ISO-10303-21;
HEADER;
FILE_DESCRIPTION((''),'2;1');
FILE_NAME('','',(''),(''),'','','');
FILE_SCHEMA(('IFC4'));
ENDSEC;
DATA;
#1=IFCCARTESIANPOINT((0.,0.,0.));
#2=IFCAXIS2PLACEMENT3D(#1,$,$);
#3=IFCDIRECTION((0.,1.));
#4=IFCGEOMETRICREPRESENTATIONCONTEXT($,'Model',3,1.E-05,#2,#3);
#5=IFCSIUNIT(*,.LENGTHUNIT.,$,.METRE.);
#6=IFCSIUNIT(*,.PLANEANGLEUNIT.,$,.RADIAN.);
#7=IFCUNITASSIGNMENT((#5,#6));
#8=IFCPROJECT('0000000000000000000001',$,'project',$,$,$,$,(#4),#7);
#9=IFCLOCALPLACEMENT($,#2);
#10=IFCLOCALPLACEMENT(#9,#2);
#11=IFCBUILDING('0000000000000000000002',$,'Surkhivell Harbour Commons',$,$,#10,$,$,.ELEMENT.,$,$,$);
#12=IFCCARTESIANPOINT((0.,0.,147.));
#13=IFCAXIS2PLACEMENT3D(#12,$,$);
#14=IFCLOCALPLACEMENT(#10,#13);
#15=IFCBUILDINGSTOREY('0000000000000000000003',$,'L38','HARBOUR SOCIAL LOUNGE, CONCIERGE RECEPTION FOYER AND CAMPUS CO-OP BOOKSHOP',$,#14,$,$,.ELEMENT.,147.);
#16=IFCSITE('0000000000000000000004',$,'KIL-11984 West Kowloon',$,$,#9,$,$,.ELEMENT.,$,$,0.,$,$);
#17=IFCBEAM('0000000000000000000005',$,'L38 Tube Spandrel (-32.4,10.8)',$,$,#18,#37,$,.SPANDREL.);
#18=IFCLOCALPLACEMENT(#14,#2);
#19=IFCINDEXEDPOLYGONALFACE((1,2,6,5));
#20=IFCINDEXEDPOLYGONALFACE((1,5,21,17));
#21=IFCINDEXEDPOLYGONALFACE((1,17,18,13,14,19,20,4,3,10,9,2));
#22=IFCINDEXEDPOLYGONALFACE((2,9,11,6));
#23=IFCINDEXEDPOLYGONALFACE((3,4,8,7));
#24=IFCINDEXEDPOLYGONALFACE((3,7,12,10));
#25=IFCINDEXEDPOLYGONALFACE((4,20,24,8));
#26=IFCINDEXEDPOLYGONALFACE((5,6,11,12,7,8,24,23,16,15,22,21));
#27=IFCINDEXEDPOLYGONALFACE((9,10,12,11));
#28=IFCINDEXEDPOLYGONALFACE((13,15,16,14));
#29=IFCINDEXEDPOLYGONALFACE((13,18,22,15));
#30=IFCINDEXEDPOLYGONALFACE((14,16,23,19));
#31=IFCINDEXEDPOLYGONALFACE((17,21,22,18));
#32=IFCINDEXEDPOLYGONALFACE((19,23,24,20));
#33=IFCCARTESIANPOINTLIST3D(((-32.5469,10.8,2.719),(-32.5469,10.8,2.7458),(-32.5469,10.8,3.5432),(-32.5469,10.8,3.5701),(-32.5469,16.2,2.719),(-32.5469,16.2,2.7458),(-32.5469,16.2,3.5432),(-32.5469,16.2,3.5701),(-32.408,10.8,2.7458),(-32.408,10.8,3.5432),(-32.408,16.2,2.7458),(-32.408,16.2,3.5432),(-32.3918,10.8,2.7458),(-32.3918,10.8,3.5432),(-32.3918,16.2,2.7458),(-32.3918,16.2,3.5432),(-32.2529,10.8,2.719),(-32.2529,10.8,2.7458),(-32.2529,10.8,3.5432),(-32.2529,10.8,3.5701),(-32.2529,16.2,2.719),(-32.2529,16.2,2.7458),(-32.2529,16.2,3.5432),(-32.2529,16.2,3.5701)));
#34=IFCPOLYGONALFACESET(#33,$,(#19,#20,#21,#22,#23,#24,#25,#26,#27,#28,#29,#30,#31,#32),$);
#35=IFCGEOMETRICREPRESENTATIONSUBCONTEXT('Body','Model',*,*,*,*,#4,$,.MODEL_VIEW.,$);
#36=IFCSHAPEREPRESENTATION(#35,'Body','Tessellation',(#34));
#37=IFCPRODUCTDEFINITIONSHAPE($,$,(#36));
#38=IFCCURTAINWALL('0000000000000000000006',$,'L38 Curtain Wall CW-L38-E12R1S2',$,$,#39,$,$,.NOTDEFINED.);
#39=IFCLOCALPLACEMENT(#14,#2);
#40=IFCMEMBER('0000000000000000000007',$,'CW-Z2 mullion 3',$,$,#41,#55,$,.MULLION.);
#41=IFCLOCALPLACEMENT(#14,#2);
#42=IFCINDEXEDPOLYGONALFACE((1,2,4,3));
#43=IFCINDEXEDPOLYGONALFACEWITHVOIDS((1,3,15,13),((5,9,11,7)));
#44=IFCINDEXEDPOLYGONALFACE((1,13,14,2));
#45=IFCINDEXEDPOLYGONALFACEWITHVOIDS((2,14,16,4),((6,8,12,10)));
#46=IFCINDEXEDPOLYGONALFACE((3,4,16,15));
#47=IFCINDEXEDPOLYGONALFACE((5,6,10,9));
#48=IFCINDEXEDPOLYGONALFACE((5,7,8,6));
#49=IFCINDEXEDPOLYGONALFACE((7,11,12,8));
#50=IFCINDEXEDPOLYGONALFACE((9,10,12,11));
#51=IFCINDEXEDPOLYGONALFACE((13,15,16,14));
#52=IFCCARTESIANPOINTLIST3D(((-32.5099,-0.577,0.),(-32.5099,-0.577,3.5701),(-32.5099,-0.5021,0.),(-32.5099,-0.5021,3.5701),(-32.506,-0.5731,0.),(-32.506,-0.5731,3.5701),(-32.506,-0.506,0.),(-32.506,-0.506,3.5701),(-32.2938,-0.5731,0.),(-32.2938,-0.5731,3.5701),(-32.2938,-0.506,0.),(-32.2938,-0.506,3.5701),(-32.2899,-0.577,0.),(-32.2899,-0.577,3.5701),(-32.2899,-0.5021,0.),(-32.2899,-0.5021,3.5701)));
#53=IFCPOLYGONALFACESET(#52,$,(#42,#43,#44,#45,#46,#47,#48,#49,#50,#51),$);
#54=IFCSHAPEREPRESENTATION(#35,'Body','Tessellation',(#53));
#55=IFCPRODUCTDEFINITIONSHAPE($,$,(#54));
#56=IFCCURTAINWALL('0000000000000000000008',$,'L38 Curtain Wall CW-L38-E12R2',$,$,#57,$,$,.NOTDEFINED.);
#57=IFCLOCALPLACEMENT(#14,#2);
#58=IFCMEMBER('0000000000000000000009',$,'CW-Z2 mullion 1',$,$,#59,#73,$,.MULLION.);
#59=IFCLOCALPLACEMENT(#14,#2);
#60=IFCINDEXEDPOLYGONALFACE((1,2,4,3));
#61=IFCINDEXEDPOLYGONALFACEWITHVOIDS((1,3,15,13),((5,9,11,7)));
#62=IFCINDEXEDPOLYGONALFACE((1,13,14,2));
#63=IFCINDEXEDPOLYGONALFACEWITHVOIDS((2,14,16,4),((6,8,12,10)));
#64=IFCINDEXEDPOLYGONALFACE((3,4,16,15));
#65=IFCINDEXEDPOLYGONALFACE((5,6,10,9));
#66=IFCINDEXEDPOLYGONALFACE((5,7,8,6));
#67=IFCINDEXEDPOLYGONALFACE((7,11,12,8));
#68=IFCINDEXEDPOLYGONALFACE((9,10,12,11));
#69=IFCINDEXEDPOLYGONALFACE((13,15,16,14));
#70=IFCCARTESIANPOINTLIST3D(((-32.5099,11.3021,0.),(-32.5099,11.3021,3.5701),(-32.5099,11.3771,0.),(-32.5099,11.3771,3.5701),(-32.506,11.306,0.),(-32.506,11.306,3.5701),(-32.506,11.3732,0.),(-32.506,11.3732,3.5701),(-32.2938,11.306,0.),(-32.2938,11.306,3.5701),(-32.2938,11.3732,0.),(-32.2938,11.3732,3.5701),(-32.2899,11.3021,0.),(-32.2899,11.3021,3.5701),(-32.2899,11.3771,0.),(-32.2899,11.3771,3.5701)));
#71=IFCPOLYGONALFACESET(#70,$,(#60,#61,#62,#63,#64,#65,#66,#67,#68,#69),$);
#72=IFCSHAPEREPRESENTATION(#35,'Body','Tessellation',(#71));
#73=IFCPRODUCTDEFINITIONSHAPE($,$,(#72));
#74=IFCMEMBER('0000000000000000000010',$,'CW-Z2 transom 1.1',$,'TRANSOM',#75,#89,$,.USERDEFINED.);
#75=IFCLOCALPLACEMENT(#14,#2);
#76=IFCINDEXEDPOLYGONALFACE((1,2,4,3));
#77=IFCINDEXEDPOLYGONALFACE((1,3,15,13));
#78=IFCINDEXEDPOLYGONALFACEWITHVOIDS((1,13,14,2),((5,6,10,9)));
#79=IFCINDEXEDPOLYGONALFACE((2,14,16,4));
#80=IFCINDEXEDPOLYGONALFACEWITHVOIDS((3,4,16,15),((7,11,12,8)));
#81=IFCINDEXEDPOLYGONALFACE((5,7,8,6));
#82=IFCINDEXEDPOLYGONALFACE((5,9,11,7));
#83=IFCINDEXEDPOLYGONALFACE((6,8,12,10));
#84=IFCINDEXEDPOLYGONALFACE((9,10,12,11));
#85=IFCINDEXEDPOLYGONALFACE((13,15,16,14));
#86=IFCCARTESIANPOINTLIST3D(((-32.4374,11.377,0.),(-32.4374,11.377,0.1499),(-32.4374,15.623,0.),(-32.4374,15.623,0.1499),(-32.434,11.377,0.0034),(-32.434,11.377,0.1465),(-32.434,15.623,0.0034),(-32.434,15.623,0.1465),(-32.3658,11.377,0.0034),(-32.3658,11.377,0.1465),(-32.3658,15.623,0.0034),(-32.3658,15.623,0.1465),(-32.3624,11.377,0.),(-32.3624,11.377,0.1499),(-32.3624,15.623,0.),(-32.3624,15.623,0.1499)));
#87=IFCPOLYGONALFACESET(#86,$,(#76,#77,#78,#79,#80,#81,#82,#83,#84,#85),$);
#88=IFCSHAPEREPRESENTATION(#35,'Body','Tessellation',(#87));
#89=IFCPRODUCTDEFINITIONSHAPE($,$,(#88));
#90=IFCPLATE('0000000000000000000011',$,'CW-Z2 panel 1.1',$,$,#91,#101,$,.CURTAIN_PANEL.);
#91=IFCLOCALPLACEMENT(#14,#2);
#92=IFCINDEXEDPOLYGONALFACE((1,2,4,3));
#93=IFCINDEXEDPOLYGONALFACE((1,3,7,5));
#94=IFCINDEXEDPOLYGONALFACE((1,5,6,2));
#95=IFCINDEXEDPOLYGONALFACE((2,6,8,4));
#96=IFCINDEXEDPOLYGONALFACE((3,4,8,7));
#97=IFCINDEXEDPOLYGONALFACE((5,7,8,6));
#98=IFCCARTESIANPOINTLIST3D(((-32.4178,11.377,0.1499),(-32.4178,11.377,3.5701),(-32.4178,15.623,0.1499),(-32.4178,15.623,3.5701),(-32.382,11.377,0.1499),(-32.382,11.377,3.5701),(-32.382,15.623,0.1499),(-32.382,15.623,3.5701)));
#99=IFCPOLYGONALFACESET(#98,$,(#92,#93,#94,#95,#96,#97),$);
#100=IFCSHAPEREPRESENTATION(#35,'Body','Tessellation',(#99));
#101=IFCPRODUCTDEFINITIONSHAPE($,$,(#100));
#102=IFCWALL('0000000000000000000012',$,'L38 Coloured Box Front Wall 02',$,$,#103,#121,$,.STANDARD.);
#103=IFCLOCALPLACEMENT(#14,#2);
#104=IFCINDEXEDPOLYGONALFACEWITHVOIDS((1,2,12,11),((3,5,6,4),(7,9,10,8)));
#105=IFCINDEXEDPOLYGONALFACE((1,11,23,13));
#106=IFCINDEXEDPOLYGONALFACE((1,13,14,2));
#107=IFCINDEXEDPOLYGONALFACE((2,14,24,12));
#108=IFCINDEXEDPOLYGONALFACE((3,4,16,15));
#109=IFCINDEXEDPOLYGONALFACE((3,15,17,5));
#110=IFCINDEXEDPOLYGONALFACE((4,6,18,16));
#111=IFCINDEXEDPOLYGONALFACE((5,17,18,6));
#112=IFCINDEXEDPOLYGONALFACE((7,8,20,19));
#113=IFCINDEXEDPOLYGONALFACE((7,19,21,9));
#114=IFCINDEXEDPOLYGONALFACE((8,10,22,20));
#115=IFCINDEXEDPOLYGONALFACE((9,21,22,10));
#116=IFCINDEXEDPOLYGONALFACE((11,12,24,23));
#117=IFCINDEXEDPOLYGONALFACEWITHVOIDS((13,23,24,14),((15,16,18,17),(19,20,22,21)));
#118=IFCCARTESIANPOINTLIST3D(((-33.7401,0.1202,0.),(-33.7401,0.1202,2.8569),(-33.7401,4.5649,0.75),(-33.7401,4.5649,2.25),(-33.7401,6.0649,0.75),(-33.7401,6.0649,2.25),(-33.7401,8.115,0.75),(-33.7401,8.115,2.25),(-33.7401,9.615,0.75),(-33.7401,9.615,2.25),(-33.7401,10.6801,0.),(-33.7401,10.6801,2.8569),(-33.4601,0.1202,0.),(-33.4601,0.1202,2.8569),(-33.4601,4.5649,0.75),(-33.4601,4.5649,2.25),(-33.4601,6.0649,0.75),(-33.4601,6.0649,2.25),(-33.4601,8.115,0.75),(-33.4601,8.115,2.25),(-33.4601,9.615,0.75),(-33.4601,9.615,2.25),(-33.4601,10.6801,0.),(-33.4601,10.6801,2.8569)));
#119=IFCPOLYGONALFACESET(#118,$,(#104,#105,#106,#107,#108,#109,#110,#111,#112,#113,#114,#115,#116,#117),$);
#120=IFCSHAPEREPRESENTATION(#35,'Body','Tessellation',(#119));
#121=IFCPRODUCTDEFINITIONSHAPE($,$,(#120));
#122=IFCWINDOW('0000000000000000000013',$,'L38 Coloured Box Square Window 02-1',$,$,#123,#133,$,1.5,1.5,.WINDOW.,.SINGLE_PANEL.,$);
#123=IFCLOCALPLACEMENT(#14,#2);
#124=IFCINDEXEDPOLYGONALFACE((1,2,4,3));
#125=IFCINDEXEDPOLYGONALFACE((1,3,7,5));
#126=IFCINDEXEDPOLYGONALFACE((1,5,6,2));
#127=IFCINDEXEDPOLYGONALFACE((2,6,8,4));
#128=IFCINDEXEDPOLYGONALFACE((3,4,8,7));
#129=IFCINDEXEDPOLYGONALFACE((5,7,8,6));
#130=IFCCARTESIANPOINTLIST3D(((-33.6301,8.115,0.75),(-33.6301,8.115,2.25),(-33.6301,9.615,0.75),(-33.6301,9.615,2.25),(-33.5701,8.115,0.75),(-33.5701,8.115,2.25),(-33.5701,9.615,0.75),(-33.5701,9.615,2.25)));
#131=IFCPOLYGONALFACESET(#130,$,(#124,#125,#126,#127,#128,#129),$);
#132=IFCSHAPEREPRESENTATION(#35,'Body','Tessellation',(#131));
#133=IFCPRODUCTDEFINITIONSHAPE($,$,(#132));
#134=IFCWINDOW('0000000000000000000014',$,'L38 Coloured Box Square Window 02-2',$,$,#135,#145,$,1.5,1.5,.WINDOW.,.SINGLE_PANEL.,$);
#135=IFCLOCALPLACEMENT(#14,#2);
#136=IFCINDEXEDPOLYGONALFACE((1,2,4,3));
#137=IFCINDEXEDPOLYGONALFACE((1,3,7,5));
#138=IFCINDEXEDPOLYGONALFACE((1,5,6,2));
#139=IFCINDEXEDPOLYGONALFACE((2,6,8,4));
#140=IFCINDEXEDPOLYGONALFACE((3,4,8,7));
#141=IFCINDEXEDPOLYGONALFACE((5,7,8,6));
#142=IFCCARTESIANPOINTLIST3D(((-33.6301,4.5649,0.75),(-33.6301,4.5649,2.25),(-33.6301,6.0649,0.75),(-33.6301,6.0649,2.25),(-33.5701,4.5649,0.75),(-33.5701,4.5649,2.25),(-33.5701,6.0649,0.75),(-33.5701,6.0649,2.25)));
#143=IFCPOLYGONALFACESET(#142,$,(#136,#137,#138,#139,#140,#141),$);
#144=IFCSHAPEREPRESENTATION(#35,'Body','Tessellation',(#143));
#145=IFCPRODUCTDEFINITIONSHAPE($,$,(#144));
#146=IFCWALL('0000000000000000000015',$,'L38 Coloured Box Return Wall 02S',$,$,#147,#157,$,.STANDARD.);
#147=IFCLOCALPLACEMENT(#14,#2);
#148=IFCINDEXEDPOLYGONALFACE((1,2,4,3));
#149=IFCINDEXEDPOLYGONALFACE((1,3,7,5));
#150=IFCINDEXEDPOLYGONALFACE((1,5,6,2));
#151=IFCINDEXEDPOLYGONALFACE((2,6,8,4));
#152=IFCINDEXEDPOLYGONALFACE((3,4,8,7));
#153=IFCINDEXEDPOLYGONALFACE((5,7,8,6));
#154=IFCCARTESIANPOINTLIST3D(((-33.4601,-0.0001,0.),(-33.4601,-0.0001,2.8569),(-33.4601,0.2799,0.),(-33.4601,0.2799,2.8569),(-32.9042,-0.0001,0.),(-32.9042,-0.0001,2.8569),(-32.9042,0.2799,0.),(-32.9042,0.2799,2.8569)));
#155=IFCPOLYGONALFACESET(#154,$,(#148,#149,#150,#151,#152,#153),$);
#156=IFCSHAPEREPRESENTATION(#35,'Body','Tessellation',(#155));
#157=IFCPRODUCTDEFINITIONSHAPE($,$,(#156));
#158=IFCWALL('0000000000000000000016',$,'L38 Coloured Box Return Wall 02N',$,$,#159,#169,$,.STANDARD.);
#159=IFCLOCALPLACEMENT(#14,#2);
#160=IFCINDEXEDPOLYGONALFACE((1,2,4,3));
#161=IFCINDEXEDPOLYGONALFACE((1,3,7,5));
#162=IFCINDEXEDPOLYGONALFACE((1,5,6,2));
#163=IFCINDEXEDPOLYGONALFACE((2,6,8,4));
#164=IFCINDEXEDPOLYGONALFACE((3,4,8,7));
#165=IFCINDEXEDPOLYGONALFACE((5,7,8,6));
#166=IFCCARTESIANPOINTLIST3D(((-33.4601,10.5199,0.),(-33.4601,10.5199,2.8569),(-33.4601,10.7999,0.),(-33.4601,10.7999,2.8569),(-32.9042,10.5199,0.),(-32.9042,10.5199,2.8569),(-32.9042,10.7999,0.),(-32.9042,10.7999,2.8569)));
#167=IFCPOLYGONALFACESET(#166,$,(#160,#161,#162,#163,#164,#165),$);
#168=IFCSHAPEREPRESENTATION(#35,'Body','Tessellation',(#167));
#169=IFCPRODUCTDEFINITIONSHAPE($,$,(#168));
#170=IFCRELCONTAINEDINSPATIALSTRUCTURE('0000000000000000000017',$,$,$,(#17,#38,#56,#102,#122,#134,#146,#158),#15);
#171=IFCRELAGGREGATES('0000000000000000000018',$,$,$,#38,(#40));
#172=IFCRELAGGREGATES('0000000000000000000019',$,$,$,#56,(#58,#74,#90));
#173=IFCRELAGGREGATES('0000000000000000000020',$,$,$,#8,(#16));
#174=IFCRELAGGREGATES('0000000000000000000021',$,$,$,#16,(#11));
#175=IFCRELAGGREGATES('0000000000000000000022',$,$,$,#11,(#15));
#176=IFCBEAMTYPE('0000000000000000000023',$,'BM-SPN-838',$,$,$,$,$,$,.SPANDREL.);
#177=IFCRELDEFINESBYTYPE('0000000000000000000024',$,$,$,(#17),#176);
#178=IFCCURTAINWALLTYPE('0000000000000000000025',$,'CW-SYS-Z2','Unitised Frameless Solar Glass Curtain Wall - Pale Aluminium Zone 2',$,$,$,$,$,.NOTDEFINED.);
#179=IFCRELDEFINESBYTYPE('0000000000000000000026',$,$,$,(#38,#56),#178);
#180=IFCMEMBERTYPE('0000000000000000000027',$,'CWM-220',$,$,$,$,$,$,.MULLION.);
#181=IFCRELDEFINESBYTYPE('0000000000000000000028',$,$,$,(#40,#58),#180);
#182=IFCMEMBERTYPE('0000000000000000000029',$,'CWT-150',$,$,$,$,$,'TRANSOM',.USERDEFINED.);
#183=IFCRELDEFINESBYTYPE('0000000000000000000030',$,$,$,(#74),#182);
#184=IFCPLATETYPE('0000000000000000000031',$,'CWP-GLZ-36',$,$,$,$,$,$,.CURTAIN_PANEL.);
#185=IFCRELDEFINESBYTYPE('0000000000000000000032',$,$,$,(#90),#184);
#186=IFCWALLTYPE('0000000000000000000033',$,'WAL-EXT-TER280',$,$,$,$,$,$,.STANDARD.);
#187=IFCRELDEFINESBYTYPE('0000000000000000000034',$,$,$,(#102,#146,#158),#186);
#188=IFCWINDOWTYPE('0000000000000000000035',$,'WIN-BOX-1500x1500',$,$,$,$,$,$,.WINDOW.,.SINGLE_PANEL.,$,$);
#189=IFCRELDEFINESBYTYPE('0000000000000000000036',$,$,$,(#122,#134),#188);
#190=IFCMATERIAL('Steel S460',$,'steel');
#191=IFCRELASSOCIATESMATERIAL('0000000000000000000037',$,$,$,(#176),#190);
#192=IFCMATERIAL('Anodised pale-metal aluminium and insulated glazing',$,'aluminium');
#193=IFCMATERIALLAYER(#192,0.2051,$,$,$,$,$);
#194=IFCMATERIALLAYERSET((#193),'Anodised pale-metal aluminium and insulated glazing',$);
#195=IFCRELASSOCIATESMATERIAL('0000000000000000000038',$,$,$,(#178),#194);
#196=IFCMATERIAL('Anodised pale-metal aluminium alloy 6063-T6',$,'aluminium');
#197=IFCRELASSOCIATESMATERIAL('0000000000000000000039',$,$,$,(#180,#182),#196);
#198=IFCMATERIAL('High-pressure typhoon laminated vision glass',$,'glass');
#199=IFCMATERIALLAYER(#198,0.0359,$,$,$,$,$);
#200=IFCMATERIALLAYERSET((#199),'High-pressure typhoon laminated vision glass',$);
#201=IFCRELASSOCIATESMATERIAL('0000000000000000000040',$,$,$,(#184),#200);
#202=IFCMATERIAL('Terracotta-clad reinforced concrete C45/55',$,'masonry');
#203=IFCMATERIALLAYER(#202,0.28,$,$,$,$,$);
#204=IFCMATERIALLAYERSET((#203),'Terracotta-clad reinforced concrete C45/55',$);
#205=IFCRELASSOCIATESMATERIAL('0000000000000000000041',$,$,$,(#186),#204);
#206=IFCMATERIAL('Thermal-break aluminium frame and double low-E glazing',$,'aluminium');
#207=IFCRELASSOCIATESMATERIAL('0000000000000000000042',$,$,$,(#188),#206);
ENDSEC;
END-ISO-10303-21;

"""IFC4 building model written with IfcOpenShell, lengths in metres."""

from ifc_helpers import new_model, si_unit, direction, frame, frame_2d, origin, origin_2d, place, context, subcontext, project, spatial, rectangle, hollow_rectangle, i_section, extrude, material, layer, layer_set, material_profile, profile_set, type_object, element, fill, aggregate, save


model = new_model("IFC4")

# Units and contexts
model_context = context("Model", 3, precision=1e-05, world=origin(), true_north=direction((0.0, 1.0)))
body_context = subcontext(model_context, "Body", "Model", "MODEL_VIEW")
ifc_project = project(units=[si_unit("LENGTHUNIT", "METRE"), si_unit("PLANEANGLEUNIT", "RADIAN")], contexts=[model_context])

# Site, building, storey
site_placement = place(None, origin())
site = spatial("IfcSite", under=ifc_project, at=site_placement, Name="KIL-11984 West Kowloon", CompositionType="ELEMENT", RefElevation=0.0)
building_placement = place(site_placement, origin())
building = spatial("IfcBuilding", under=site, at=building_placement, Name="Surkhivell Harbour Commons", CompositionType="ELEMENT")
storey_placement = place(building_placement, frame((0.0, 0.0, 147.0)))
storey = spatial("IfcBuildingStorey", under=building, at=storey_placement, Name="L38", Description="HARBOUR SOCIAL LOUNGE, CONCIERGE RECEPTION FOYER AND CAMPUS CO-OP BOOKSHOP", CompositionType="ELEMENT", Elevation=147.0)

# Beam
ifc_material_1 = material(Name="Steel S460", Category="steel")
ifc_material_profile_1 = material_profile(ifc_material_1, i_section(OverallWidth=0.2939, OverallDepth=0.8511, WebThickness=0.0161, FlangeThickness=0.0269, at=origin_2d()), Name="UB838x292x226")
ifc_profile_set_1 = profile_set([ifc_material_profile_1], Name="Steel S460")
beam_type_1 = type_object("IfcBeamType", Name="BM-SPN-838", PredefinedType="SPANDREL", material=ifc_profile_set_1)
beam_1_placement = place(storey_placement, frame((-32.3999, 10.8, 3.1445), z_axis=(0.0, 1.0, 0.0), x_axis=(-1.0, 0.0, 0.0)))
element("IfcBeam", 1, at=beam_1_placement, inside=storey, type_object=beam_type_1, Name="L38 Tube Spandrel (-32.4,10.8)", PredefinedType="SPANDREL", context=body_context, shape_type="SweptSolid", body=[
    extrude(i_section(OverallWidth=0.2939, OverallDepth=0.8511, WebThickness=0.0161, FlangeThickness=0.0269, at=origin_2d()), origin(), (0.0, 0.0, 1.0), 5.3999),
])

# Curtain wall, member
ifc_material_2 = material(Name="Anodised pale-metal aluminium and insulated glazing", Category="aluminium")
ifc_layer_1 = layer(ifc_material_2, 0.2051)
ifc_layer_set_1 = layer_set([ifc_layer_1], Name="Anodised pale-metal aluminium and insulated glazing")
curtain_wall_type = type_object("IfcCurtainWallType", Name="CW-SYS-Z2", Description="Unitised Frameless Solar Glass Curtain Wall - Pale Aluminium Zone 2", PredefinedType="NOTDEFINED", material=ifc_layer_set_1)
curtain_wall_1_placement = place(storey_placement, origin())
curtain_wall_1 = element("IfcCurtainWall", 2, at=curtain_wall_1_placement, inside=storey, type_object=curtain_wall_type, Name="L38 Curtain Wall CW-L38-E12R1S2", PredefinedType="NOTDEFINED")
ifc_material_3 = material(Name="Anodised pale-metal aluminium alloy 6063-T6", Category="aluminium")
ifc_material_profile_2 = material_profile(ifc_material_3, hollow_rectangle(XDim=0.075, YDim=0.22, WallThickness=0.0039, at=origin_2d()), Name="ALU-MULL-75x220")
ifc_profile_set_2 = profile_set([ifc_material_profile_2], Name="Anodised pale-metal aluminium alloy 6063-T6")
member_type_1 = type_object("IfcMemberType", Name="CWM-220", PredefinedType="MULLION", material=ifc_profile_set_2)
member_1_placement = place(storey_placement, frame((-32.3999, -0.5396, 0.0), z_axis=(0.0, 0.0, 1.0), x_axis=(0.0, 1.0, 0.0)))
member_1 = element("IfcMember", 3, at=member_1_placement, type_object=member_type_1, Name="CW-Z2 mullion 3", PredefinedType="MULLION", context=body_context, shape_type="SweptSolid", body=[
    extrude(hollow_rectangle(XDim=0.075, YDim=0.22, WallThickness=0.0039, at=origin_2d()), origin(), (0.0, 0.0, 1.0), 3.5701),
])
aggregate(curtain_wall_1, [member_1])

# Curtain wall, members, plate
curtain_wall_2_placement = place(storey_placement, origin())
curtain_wall_2 = element("IfcCurtainWall", 4, at=curtain_wall_2_placement, inside=storey, type_object=curtain_wall_type, Name="L38 Curtain Wall CW-L38-E12R2", PredefinedType="NOTDEFINED")
member_2_placement = place(storey_placement, frame((-32.3999, 11.3396, 0.0), z_axis=(0.0, 0.0, 1.0), x_axis=(0.0, 1.0, 0.0)))
member_2 = element("IfcMember", 5, at=member_2_placement, type_object=member_type_1, Name="CW-Z2 mullion 1", PredefinedType="MULLION", context=body_context, shape_type="SweptSolid", body=[
    extrude(hollow_rectangle(XDim=0.075, YDim=0.22, WallThickness=0.0039, at=origin_2d()), origin(), (0.0, 0.0, 1.0), 3.5701),
])
ifc_material_profile_3 = material_profile(ifc_material_3, hollow_rectangle(XDim=0.075, YDim=0.1499, WallThickness=0.0034, at=origin_2d()), Name="ALU-TRAN-75x150")
ifc_profile_set_3 = profile_set([ifc_material_profile_3], Name="Anodised pale-metal aluminium alloy 6063-T6")
member_type_2 = type_object("IfcMemberType", Name="CWT-150", ElementType="TRANSOM", PredefinedType="USERDEFINED", material=ifc_profile_set_3)
member_3_placement = place(storey_placement, frame((-32.3999, 11.377, 0.075), z_axis=(0.0, 1.0, 0.0), x_axis=(-1.0, 0.0, 0.0)))
member_3 = element("IfcMember", 6, at=member_3_placement, type_object=member_type_2, Name="CW-Z2 transom 1.1", ObjectType="TRANSOM", PredefinedType="USERDEFINED", context=body_context, shape_type="SweptSolid", body=[
    extrude(hollow_rectangle(XDim=0.075, YDim=0.1499, WallThickness=0.0034, at=origin_2d()), origin(), (0.0, 0.0, 1.0), 4.2461),
])
ifc_material_4 = material(Name="High-pressure typhoon laminated vision glass", Category="glass")
ifc_layer_2 = layer(ifc_material_4, 0.0359)
ifc_layer_set_2 = layer_set([ifc_layer_2], Name="High-pressure typhoon laminated vision glass")
plate_type = type_object("IfcPlateType", Name="CWP-GLZ-36", PredefinedType="CURTAIN_PANEL", material=ifc_layer_set_2)
plate_placement = place(storey_placement, frame((-32.3999, 11.377, 0.1499), z_axis=(0.0, 0.0, 1.0), x_axis=(0.0, 1.0, 0.0)))
plate = element("IfcPlate", 7, at=plate_placement, type_object=plate_type, Name="CW-Z2 panel 1.1", PredefinedType="CURTAIN_PANEL", context=body_context, shape_type="SweptSolid", body=[
    extrude(rectangle(XDim=4.2461, YDim=0.0359, at=frame_2d((2.123, 0.0))), origin(), (0.0, 0.0, 1.0), 3.4202),
])
aggregate(curtain_wall_2, [member_2, member_3, plate])

# Wall, openings, windows
ifc_material_5 = material(Name="Terracotta-clad reinforced concrete C45/55", Category="masonry")
ifc_layer_3 = layer(ifc_material_5, 0.28)
ifc_layer_set_3 = layer_set([ifc_layer_3], Name="Terracotta-clad reinforced concrete C45/55")
wall_type_1 = type_object("IfcWallType", Name="WAL-EXT-TER280", PredefinedType="STANDARD", material=ifc_layer_set_3)
wall_1_placement = place(storey_placement, frame((-33.6001, 10.6799, 0.0), z_axis=(0.0, 0.0, 1.0), x_axis=(0.0, -1.0, 0.0)))
wall_1 = element("IfcWall", 8, at=wall_1_placement, inside=storey, type_object=wall_type_1, Name="L38 Coloured Box Front Wall 02", PredefinedType="STANDARD", context=body_context, shape_type="SweptSolid", body=[
    extrude(rectangle(XDim=10.5598, YDim=0.28, at=frame_2d((5.2798, 0.0))), origin(), (0.0, 0.0, 1.0), 2.8569),
])
opening_1_placement = place(wall_1_placement, frame((1.0649, 0.0, 0.75)))
opening_1 = element("IfcOpeningElement", 9, at=opening_1_placement, cuts=wall_1, PredefinedType="OPENING", context=body_context, shape_type="SweptSolid", body=[
    extrude(rectangle(XDim=1.5, YDim=1.5, at=frame_2d((0.75, 0.75))), frame((0.0, 0.1499, 0.0), z_axis=(0.0, -1.0, 0.0), x_axis=(1.0, 0.0, 0.0)), (0.0, 0.0, 1.0), 0.3),
])
opening_2_placement = place(wall_1_placement, frame((4.615, 0.0, 0.75)))
opening_2 = element("IfcOpeningElement", 10, at=opening_2_placement, cuts=wall_1, PredefinedType="OPENING", context=body_context, shape_type="SweptSolid", body=[
    extrude(rectangle(XDim=1.5, YDim=1.5, at=frame_2d((0.75, 0.75))), frame((0.0, 0.1499, 0.0), z_axis=(0.0, -1.0, 0.0), x_axis=(1.0, 0.0, 0.0)), (0.0, 0.0, 1.0), 0.3),
])
ifc_material_6 = material(Name="Thermal-break aluminium frame and double low-E glazing", Category="aluminium")
window_type = type_object("IfcWindowType", Name="WIN-BOX-1500x1500", PartitioningType="SINGLE_PANEL", PredefinedType="WINDOW", material=ifc_material_6)
window_1_placement = place(opening_1_placement, origin())
window_1 = element("IfcWindow", 11, at=window_1_placement, inside=storey, type_object=window_type, Name="L38 Coloured Box Square Window 02-1", OverallHeight=1.5, OverallWidth=1.5, PartitioningType="SINGLE_PANEL", PredefinedType="WINDOW", context=body_context, shape_type="SweptSolid", body=[
    extrude(rectangle(XDim=1.5, YDim=1.5, at=frame_2d((0.75, 0.75))), frame((0.0, 0.03, 0.0), z_axis=(0.0, -1.0, 0.0), x_axis=(1.0, 0.0, 0.0)), (0.0, 0.0, 1.0), 0.0601),
])
fill(opening_1, window_1)
window_2_placement = place(opening_2_placement, origin())
window_2 = element("IfcWindow", 12, at=window_2_placement, inside=storey, type_object=window_type, Name="L38 Coloured Box Square Window 02-2", OverallHeight=1.5, OverallWidth=1.5, PartitioningType="SINGLE_PANEL", PredefinedType="WINDOW", context=body_context, shape_type="SweptSolid", body=[
    extrude(rectangle(XDim=1.5, YDim=1.5, at=frame_2d((0.75, 0.75))), frame((0.0, 0.03, 0.0), z_axis=(0.0, -1.0, 0.0), x_axis=(1.0, 0.0, 0.0)), (0.0, 0.0, 1.0), 0.0601),
])
fill(opening_2, window_2)

# Walls
for number, where, z_axis, x_axis, name in (
    (13, (-33.46, 0.1399, 0.0), (0.0, 0.0, 1.0), (1.0, 0.0, 0.0), "L38 Coloured Box Return Wall 02S"),
    (14, (-33.46, 10.6599, 0.0), (0.0, 0.0, 1.0), (1.0, 0.0, 0.0), "L38 Coloured Box Return Wall 02N"),
):
    element("IfcWall", number, at=place(storey_placement, frame(where, z_axis=z_axis, x_axis=x_axis)), inside=storey, type_object=wall_type_1, Name=name, PredefinedType="STANDARD", context=body_context, shape_type="SweptSolid", body=[
        extrude(rectangle(XDim=0.5559, YDim=0.28, at=frame_2d((0.2778, 0.0))), origin(), (0.0, 0.0, 1.0), 2.8569),
    ])

save(model, "model.ifc")
